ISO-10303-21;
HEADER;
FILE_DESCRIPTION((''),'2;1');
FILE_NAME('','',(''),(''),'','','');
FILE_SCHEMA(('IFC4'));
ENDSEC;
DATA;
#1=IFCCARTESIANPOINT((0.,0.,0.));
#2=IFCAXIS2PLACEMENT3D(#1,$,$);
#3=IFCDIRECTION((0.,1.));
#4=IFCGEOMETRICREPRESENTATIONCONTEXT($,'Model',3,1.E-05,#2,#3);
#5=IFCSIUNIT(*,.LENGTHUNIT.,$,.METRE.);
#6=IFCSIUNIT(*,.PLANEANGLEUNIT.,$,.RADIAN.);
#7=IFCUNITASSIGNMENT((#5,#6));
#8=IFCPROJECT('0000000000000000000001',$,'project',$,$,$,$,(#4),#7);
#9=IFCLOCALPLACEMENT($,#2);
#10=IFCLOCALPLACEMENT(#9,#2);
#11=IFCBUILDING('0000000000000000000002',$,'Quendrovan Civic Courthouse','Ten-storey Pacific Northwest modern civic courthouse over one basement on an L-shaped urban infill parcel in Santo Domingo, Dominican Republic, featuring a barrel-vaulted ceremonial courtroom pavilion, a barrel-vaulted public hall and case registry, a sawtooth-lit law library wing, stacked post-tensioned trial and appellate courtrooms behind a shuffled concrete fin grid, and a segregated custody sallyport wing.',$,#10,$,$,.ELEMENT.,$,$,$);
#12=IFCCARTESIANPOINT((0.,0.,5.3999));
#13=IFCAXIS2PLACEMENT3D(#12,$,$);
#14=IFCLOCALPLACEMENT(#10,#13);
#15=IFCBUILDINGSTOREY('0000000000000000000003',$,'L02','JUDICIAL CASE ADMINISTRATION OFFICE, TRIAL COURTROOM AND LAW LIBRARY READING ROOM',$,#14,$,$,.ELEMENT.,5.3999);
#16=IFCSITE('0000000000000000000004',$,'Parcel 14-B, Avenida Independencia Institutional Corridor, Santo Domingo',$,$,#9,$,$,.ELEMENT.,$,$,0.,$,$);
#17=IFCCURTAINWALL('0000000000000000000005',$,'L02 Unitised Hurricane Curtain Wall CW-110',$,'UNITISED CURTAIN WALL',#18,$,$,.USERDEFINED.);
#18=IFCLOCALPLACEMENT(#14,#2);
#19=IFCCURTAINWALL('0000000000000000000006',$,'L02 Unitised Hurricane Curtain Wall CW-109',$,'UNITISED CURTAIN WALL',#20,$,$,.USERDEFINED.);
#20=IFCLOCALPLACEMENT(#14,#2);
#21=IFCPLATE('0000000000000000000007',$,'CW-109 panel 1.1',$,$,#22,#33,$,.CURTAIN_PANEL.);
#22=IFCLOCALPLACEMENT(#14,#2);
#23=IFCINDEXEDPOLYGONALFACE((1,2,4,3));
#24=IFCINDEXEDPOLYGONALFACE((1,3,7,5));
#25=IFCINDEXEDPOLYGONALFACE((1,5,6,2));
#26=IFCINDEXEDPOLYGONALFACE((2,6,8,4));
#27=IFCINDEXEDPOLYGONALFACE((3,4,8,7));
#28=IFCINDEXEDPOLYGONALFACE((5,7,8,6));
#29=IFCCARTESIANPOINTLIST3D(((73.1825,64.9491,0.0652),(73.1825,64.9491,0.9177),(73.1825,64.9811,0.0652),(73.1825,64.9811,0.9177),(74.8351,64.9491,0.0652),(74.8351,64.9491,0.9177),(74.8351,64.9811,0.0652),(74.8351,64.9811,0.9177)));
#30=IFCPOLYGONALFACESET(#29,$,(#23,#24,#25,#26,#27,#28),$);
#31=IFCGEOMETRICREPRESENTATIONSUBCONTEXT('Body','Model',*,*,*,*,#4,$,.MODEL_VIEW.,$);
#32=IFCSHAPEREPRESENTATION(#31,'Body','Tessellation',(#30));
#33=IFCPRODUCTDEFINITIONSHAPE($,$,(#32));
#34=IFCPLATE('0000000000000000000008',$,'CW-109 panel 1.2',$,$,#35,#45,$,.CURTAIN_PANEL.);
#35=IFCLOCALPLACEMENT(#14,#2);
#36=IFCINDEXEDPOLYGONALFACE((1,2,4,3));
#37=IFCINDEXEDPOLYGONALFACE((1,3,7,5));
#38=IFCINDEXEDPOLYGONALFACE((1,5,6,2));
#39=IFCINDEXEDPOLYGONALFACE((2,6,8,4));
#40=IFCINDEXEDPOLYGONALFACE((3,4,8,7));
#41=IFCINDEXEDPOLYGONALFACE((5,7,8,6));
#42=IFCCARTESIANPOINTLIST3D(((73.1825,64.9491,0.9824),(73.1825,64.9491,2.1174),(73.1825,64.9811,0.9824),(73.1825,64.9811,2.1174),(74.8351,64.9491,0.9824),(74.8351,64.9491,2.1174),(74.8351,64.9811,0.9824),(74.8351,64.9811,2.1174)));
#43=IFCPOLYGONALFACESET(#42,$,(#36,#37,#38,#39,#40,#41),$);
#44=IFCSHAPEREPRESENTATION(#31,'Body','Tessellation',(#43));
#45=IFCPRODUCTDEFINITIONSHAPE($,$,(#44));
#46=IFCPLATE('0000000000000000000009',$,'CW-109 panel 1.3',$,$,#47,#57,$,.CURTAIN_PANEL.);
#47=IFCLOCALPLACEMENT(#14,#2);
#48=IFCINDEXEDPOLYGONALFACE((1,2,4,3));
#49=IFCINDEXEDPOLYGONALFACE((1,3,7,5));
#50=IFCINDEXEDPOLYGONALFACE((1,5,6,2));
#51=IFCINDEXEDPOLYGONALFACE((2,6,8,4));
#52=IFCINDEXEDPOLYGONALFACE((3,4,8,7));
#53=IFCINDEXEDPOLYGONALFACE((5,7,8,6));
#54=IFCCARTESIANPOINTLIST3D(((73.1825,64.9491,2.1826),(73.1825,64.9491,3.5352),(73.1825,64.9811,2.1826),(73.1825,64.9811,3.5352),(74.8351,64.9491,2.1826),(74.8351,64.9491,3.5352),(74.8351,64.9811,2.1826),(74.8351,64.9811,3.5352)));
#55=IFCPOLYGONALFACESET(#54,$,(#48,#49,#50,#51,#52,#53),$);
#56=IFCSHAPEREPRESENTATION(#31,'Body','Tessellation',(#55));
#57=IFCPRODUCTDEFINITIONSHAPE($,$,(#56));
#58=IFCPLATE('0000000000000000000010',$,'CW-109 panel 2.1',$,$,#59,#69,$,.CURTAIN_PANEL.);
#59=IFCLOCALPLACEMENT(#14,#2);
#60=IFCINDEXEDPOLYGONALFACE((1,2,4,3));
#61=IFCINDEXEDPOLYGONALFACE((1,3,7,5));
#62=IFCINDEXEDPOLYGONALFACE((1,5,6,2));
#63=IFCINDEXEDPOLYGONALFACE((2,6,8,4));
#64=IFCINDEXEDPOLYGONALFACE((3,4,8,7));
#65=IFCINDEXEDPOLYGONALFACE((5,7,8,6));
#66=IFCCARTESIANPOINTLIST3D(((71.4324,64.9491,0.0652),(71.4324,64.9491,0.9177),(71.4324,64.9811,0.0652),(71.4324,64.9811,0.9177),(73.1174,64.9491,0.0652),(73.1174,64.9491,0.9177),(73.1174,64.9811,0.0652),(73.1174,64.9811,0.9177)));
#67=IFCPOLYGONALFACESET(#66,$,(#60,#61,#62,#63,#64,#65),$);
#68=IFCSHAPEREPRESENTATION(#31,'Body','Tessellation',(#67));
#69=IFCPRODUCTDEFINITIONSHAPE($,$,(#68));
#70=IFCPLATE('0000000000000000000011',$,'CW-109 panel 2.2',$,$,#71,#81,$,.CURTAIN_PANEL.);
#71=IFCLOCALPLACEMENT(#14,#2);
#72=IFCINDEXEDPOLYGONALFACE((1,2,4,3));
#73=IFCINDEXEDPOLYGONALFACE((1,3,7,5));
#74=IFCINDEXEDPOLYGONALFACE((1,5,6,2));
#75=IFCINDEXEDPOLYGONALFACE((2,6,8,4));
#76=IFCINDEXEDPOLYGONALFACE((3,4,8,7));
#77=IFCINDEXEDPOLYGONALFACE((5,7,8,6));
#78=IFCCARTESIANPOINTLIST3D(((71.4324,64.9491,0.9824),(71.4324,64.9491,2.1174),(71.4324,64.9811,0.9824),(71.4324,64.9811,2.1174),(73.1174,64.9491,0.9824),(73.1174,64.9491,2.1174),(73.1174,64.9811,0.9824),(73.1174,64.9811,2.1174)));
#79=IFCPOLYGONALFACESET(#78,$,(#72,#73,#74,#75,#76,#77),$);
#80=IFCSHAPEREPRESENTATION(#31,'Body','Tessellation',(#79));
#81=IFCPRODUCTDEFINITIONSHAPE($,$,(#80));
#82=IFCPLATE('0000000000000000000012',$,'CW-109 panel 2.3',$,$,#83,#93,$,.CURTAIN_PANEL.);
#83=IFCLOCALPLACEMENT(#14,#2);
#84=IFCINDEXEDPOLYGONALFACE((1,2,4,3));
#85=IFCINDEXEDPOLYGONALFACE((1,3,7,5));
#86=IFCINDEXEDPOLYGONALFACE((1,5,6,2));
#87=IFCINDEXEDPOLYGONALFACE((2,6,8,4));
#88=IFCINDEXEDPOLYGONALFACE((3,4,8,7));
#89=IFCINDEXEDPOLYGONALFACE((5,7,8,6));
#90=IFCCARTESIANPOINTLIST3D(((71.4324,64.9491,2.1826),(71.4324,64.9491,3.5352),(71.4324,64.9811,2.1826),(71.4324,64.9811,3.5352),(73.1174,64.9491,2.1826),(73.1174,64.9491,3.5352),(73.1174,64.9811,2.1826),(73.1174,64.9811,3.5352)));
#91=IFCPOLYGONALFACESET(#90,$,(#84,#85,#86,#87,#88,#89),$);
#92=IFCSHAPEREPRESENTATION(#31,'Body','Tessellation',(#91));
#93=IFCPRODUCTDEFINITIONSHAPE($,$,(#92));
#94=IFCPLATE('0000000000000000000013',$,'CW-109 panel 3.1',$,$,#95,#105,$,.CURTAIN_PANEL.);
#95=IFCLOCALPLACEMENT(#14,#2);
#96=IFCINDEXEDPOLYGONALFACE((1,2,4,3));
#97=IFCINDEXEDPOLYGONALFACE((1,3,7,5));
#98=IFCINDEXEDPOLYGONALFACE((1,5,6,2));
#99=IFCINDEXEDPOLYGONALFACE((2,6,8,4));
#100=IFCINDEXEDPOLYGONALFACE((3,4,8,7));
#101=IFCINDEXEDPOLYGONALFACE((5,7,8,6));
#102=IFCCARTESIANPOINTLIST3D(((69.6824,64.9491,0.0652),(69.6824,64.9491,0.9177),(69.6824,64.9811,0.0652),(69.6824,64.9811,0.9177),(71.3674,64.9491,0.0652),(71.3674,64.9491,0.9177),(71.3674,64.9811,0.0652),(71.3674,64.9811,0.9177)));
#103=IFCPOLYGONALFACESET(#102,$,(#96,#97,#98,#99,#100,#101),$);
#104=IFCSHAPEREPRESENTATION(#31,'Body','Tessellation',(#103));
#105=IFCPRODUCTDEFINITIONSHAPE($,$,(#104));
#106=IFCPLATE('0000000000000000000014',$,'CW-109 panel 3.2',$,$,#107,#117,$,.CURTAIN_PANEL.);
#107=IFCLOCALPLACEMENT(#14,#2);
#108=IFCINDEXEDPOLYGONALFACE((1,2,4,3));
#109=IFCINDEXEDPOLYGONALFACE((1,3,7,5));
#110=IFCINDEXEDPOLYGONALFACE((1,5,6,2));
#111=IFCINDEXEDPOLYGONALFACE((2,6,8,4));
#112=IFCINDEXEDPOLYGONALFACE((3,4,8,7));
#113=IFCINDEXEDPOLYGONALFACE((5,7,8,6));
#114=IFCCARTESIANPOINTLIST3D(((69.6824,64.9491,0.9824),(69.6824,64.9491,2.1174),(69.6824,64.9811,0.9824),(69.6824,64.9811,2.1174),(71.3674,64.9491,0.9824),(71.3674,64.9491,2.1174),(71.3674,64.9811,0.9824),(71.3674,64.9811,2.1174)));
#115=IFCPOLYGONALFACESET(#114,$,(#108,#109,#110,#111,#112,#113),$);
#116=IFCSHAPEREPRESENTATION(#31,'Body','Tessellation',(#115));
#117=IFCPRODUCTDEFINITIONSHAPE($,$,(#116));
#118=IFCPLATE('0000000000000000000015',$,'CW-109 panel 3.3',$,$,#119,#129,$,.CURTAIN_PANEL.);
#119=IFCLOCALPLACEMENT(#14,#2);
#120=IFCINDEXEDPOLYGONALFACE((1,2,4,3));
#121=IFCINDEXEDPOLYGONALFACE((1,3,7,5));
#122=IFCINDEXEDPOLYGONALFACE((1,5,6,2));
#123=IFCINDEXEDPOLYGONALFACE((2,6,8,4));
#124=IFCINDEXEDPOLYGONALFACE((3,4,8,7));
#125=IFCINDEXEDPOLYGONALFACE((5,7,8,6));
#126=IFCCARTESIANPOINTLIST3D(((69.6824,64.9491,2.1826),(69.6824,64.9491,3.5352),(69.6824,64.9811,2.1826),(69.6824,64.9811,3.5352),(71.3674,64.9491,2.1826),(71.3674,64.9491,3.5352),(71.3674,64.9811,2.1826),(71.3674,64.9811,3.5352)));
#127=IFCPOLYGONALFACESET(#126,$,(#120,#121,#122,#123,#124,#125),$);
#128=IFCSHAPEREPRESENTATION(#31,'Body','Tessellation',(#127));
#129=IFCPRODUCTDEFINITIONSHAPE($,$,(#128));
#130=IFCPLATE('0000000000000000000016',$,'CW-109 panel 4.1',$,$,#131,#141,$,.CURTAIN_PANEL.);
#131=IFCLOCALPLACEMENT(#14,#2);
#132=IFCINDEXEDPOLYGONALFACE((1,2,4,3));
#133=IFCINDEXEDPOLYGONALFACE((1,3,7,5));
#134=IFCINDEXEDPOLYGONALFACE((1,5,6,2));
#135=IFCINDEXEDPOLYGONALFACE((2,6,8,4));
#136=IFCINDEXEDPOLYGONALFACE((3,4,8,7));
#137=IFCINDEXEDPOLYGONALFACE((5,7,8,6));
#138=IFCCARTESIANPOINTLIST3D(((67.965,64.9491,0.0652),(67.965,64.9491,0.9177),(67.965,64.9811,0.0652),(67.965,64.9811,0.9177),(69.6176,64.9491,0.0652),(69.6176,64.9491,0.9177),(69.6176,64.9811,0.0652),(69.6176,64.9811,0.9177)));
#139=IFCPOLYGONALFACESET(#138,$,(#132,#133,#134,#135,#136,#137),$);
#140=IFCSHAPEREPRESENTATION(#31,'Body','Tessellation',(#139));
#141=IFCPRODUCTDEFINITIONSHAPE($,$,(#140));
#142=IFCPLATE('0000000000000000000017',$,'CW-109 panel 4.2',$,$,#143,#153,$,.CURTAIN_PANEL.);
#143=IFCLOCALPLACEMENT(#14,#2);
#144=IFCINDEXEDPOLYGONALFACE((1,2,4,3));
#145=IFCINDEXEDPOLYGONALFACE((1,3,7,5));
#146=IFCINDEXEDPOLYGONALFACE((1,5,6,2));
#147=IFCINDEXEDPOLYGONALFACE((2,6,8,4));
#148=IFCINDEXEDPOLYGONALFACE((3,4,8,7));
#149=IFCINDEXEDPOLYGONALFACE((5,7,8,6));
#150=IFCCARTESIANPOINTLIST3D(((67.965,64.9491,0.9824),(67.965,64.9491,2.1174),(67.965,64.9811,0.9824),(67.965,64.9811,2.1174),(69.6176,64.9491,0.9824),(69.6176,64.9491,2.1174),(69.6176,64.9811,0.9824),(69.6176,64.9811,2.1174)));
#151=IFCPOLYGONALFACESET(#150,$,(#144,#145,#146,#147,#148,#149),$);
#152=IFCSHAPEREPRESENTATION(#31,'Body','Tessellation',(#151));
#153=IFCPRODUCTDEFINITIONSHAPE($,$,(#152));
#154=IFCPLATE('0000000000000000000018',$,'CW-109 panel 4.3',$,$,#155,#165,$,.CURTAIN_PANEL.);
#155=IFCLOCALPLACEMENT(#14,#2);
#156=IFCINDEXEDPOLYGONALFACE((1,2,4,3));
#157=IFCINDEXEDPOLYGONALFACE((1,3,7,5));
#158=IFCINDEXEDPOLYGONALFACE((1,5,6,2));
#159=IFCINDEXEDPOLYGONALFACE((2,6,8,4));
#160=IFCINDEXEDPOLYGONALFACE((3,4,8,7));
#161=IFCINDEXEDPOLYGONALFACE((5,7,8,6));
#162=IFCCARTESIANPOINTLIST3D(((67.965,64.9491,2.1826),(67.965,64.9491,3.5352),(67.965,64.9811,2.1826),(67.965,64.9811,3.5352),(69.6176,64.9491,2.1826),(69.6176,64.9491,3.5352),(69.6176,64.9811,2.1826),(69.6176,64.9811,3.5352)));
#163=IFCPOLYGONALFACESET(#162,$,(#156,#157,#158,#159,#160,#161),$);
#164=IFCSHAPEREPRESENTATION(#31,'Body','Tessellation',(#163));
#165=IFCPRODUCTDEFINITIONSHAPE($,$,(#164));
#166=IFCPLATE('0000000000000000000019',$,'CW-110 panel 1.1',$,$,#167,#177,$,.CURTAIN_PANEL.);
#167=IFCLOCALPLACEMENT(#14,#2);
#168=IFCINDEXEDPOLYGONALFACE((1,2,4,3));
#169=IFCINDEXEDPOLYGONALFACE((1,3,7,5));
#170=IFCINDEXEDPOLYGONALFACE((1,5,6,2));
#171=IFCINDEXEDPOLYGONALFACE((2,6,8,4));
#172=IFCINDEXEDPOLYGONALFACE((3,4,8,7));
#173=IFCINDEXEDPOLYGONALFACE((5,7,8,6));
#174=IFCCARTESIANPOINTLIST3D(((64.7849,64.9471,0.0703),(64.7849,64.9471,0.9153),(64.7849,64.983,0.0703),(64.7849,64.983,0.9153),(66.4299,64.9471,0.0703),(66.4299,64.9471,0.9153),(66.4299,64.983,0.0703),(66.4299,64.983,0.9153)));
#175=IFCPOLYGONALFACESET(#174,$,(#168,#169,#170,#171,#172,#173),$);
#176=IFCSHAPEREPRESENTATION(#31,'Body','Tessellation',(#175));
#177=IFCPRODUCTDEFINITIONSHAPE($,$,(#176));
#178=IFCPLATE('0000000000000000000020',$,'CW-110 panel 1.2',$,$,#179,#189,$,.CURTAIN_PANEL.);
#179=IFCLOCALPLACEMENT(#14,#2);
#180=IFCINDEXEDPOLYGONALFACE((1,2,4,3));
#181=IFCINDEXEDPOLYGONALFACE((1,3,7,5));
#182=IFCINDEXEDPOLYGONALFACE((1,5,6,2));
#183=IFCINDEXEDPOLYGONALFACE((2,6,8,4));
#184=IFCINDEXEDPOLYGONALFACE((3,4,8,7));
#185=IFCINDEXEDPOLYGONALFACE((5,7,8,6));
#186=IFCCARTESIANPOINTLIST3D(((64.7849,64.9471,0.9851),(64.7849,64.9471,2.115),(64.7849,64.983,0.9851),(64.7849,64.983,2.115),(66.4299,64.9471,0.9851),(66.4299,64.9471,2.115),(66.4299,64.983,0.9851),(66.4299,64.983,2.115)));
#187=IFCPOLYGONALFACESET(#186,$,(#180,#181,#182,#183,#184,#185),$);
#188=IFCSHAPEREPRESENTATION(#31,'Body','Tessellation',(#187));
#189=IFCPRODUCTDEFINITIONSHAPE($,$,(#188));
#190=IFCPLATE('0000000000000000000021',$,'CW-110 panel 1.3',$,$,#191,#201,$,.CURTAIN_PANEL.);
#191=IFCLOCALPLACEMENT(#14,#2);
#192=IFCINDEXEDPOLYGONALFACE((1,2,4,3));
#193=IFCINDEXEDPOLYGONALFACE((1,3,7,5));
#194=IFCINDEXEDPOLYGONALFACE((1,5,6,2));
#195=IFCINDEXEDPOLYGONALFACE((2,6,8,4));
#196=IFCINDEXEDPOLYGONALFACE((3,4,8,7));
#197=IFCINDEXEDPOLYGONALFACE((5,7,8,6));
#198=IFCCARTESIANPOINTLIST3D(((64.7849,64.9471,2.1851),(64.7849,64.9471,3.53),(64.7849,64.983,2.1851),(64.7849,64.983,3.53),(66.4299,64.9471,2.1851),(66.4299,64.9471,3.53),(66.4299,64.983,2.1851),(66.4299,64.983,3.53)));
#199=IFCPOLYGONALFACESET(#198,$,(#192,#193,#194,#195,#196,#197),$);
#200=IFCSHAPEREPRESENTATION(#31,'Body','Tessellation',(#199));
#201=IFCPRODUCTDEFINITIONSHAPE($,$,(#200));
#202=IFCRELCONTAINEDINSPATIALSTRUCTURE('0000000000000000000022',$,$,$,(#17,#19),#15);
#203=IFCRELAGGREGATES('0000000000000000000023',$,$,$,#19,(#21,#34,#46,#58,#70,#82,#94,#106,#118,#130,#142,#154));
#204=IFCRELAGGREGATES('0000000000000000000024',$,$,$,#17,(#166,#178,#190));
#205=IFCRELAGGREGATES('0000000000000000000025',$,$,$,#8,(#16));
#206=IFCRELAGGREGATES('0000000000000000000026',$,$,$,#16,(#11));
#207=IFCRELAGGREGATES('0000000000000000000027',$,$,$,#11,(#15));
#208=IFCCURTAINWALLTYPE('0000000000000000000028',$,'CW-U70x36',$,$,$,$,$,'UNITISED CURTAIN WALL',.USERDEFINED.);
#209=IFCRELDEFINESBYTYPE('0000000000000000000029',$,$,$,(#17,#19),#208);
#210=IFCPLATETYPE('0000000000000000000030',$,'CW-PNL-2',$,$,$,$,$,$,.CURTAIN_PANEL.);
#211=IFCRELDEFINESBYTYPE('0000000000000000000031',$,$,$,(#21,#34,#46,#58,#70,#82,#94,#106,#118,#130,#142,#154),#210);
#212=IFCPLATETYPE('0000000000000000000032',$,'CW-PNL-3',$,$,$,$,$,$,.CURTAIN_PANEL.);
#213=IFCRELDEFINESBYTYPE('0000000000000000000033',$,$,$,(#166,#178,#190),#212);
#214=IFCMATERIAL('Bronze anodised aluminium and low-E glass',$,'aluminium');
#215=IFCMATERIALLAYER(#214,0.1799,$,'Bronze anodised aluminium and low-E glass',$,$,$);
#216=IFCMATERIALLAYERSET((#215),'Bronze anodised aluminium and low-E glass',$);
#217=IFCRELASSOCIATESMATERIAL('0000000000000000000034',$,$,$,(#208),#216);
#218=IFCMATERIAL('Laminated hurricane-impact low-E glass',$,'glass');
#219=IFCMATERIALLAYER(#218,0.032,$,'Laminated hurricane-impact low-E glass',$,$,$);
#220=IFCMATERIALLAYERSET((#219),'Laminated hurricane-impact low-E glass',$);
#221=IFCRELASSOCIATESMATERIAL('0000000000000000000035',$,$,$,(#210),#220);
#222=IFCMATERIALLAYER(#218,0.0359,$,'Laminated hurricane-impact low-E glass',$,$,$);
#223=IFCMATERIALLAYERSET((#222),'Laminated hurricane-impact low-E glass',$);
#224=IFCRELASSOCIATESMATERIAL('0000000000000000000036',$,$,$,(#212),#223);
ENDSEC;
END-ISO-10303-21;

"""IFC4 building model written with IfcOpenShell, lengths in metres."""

from ifc_helpers import new_model, si_unit, direction, frame, origin, origin_2d, place, context, subcontext, project, spatial, rectangle, extrude, material, layer, layer_set, type_object, element, aggregate, save


model = new_model("IFC4")

# Units and contexts
model_context = context("Model", 3, precision=1e-05, world=origin(), true_north=direction((0.0, 1.0)))
body_context = subcontext(model_context, "Body", "Model", "MODEL_VIEW")
ifc_project = project(units=[si_unit("LENGTHUNIT", "METRE"), si_unit("PLANEANGLEUNIT", "RADIAN")], contexts=[model_context])

# Site, building, storey
site_placement = place(None, origin())
site = spatial("IfcSite", under=ifc_project, at=site_placement, Name="Parcel 14-B, Avenida Independencia Institutional Corridor, Santo Domingo", CompositionType="ELEMENT", RefElevation=0.0)
building_placement = place(site_placement, origin())
building = spatial("IfcBuilding", under=site, at=building_placement, Name="Quendrovan Civic Courthouse", Description="Ten-storey Pacific Northwest modern civic courthouse over one basement on an L-shaped urban infill parcel in Santo Domingo, Dominican Republic, featuring a barrel-vaulted ceremonial courtroom pavilion, a barrel-vaulted public hall and case registry, a sawtooth-lit law library wing, stacked post-tensioned trial and appellate courtrooms behind a shuffled concrete fin grid, and a segregated custody sallyport wing.", CompositionType="ELEMENT")
storey_placement = place(building_placement, frame((0.0, 0.0, 5.3999)))
storey = spatial("IfcBuildingStorey", under=building, at=storey_placement, Name="L02", Description="JUDICIAL CASE ADMINISTRATION OFFICE, TRIAL COURTROOM AND LAW LIBRARY READING ROOM", CompositionType="ELEMENT", Elevation=5.3999)

# Curtain wall
ifc_material_1 = material(Name="Bronze anodised aluminium and low-E glass", Category="aluminium")
ifc_layer_1 = layer(ifc_material_1, 0.1799, Name="Bronze anodised aluminium and low-E glass")
ifc_layer_set_1 = layer_set([ifc_layer_1], Name="Bronze anodised aluminium and low-E glass")
curtain_wall_type = type_object("IfcCurtainWallType", Name="CW-U70x36", ElementType="UNITISED CURTAIN WALL", PredefinedType="USERDEFINED", material=ifc_layer_set_1)
curtain_wall_1_placement = place(storey_placement, origin())
curtain_wall_1 = element("IfcCurtainWall", 1, at=curtain_wall_1_placement, inside=storey, type_object=curtain_wall_type, Name="L02 Unitised Hurricane Curtain Wall CW-110", ObjectType="UNITISED CURTAIN WALL", PredefinedType="USERDEFINED")

# Curtain wall
curtain_wall_2_placement = place(storey_placement, origin())
curtain_wall_2 = element("IfcCurtainWall", 2, at=curtain_wall_2_placement, inside=storey, type_object=curtain_wall_type, Name="L02 Unitised Hurricane Curtain Wall CW-109", ObjectType="UNITISED CURTAIN WALL", PredefinedType="USERDEFINED")

# Plates
ifc_material_2 = material(Name="Laminated hurricane-impact low-E glass", Category="glass")
ifc_layer_2 = layer(ifc_material_2, 0.032, Name="Laminated hurricane-impact low-E glass")
ifc_layer_set_2 = layer_set([ifc_layer_2], Name="Laminated hurricane-impact low-E glass")
plate_type_1 = type_object("IfcPlateType", Name="CW-PNL-2", PredefinedType="CURTAIN_PANEL", material=ifc_layer_set_2)
plate_1_placement = place(storey_placement, frame((74.0088, 64.9651, 0.0652), z_axis=(0.0, 0.0, 1.0), x_axis=(-1.0, 0.0, 0.0)))
plate_1 = element("IfcPlate", 3, at=plate_1_placement, type_object=plate_type_1, Name="CW-109 panel 1.1", PredefinedType="CURTAIN_PANEL", context=body_context, shape_type="SweptSolid", body=[
    extrude(rectangle(XDim=1.6526, YDim=0.032, at=origin_2d()), origin(), (0.0, 0.0, 1.0), 0.8525),
])
plate_2_placement = place(storey_placement, frame((74.0088, 64.9651, 0.9824), z_axis=(0.0, 0.0, 1.0), x_axis=(-1.0, 0.0, 0.0)))
plate_2 = element("IfcPlate", 4, at=plate_2_placement, type_object=plate_type_1, Name="CW-109 panel 1.2", PredefinedType="CURTAIN_PANEL", context=body_context, shape_type="SweptSolid", body=[
    extrude(rectangle(XDim=1.6526, YDim=0.032, at=origin_2d()), origin(), (0.0, 0.0, 1.0), 1.135),
])
plate_3_placement = place(storey_placement, frame((74.0088, 64.9651, 2.1826), z_axis=(0.0, 0.0, 1.0), x_axis=(-1.0, 0.0, 0.0)))
plate_3 = element("IfcPlate", 5, at=plate_3_placement, type_object=plate_type_1, Name="CW-109 panel 1.3", PredefinedType="CURTAIN_PANEL", context=body_context, shape_type="SweptSolid", body=[
    extrude(rectangle(XDim=1.6526, YDim=0.032, at=origin_2d()), origin(), (0.0, 0.0, 1.0), 1.3525),
])
plate_4_placement = place(storey_placement, frame((72.2749, 64.9651, 0.0652), z_axis=(0.0, 0.0, 1.0), x_axis=(-1.0, 0.0, 0.0)))
plate_4 = element("IfcPlate", 6, at=plate_4_placement, type_object=plate_type_1, Name="CW-109 panel 2.1", PredefinedType="CURTAIN_PANEL", context=body_context, shape_type="SweptSolid", body=[
    extrude(rectangle(XDim=1.6851, YDim=0.032, at=origin_2d()), origin(), (0.0, 0.0, 1.0), 0.8525),
])
plate_5_placement = place(storey_placement, frame((72.2749, 64.9651, 0.9824), z_axis=(0.0, 0.0, 1.0), x_axis=(-1.0, 0.0, 0.0)))
plate_5 = element("IfcPlate", 7, at=plate_5_placement, type_object=plate_type_1, Name="CW-109 panel 2.2", PredefinedType="CURTAIN_PANEL", context=body_context, shape_type="SweptSolid", body=[
    extrude(rectangle(XDim=1.6851, YDim=0.032, at=origin_2d()), origin(), (0.0, 0.0, 1.0), 1.135),
])
plate_6_placement = place(storey_placement, frame((72.2749, 64.9651, 2.1826), z_axis=(0.0, 0.0, 1.0), x_axis=(-1.0, 0.0, 0.0)))
plate_6 = element("IfcPlate", 8, at=plate_6_placement, type_object=plate_type_1, Name="CW-109 panel 2.3", PredefinedType="CURTAIN_PANEL", context=body_context, shape_type="SweptSolid", body=[
    extrude(rectangle(XDim=1.6851, YDim=0.032, at=origin_2d()), origin(), (0.0, 0.0, 1.0), 1.3525),
])
plate_7_placement = place(storey_placement, frame((70.5249, 64.9651, 0.0652), z_axis=(0.0, 0.0, 1.0), x_axis=(-1.0, 0.0, 0.0)))
plate_7 = element("IfcPlate", 9, at=plate_7_placement, type_object=plate_type_1, Name="CW-109 panel 3.1", PredefinedType="CURTAIN_PANEL", context=body_context, shape_type="SweptSolid", body=[
    extrude(rectangle(XDim=1.6851, YDim=0.032, at=origin_2d()), origin(), (0.0, 0.0, 1.0), 0.8525),
])
plate_8_placement = place(storey_placement, frame((70.5249, 64.9651, 0.9824), z_axis=(0.0, 0.0, 1.0), x_axis=(-1.0, 0.0, 0.0)))
plate_8 = element("IfcPlate", 10, at=plate_8_placement, type_object=plate_type_1, Name="CW-109 panel 3.2", PredefinedType="CURTAIN_PANEL", context=body_context, shape_type="SweptSolid", body=[
    extrude(rectangle(XDim=1.6851, YDim=0.032, at=origin_2d()), origin(), (0.0, 0.0, 1.0), 1.135),
])
plate_9_placement = place(storey_placement, frame((70.5249, 64.9651, 2.1826), z_axis=(0.0, 0.0, 1.0), x_axis=(-1.0, 0.0, 0.0)))
plate_9 = element("IfcPlate", 11, at=plate_9_placement, type_object=plate_type_1, Name="CW-109 panel 3.3", PredefinedType="CURTAIN_PANEL", context=body_context, shape_type="SweptSolid", body=[
    extrude(rectangle(XDim=1.6851, YDim=0.032, at=origin_2d()), origin(), (0.0, 0.0, 1.0), 1.3525),
])
plate_10_placement = place(storey_placement, frame((68.7913, 64.9651, 0.0652), z_axis=(0.0, 0.0, 1.0), x_axis=(-1.0, 0.0, 0.0)))
plate_10 = element("IfcPlate", 12, at=plate_10_placement, type_object=plate_type_1, Name="CW-109 panel 4.1", PredefinedType="CURTAIN_PANEL", context=body_context, shape_type="SweptSolid", body=[
    extrude(rectangle(XDim=1.6526, YDim=0.032, at=origin_2d()), origin(), (0.0, 0.0, 1.0), 0.8525),
])
plate_11_placement = place(storey_placement, frame((68.7913, 64.9651, 0.9824), z_axis=(0.0, 0.0, 1.0), x_axis=(-1.0, 0.0, 0.0)))
plate_11 = element("IfcPlate", 13, at=plate_11_placement, type_object=plate_type_1, Name="CW-109 panel 4.2", PredefinedType="CURTAIN_PANEL", context=body_context, shape_type="SweptSolid", body=[
    extrude(rectangle(XDim=1.6526, YDim=0.032, at=origin_2d()), origin(), (0.0, 0.0, 1.0), 1.135),
])
plate_12_placement = place(storey_placement, frame((68.7913, 64.9651, 2.1826), z_axis=(0.0, 0.0, 1.0), x_axis=(-1.0, 0.0, 0.0)))
plate_12 = element("IfcPlate", 14, at=plate_12_placement, type_object=plate_type_1, Name="CW-109 panel 4.3", PredefinedType="CURTAIN_PANEL", context=body_context, shape_type="SweptSolid", body=[
    extrude(rectangle(XDim=1.6526, YDim=0.032, at=origin_2d()), origin(), (0.0, 0.0, 1.0), 1.3525),
])
aggregate(curtain_wall_2, [plate_1, plate_2, plate_3, plate_4, plate_5, plate_6, plate_7, plate_8, plate_9, plate_10, plate_11, plate_12])
ifc_layer_3 = layer(ifc_material_2, 0.0359, Name="Laminated hurricane-impact low-E glass")
ifc_layer_set_3 = layer_set([ifc_layer_3], Name="Laminated hurricane-impact low-E glass")
plate_type_2 = type_object("IfcPlateType", Name="CW-PNL-3", PredefinedType="CURTAIN_PANEL", material=ifc_layer_set_3)
plate_13_placement = place(storey_placement, frame((65.6074, 64.9651, 0.0703), z_axis=(0.0, 0.0, 1.0), x_axis=(-1.0, 0.0, 0.0)))
plate_13 = element("IfcPlate", 15, at=plate_13_placement, type_object=plate_type_2, Name="CW-110 panel 1.1", PredefinedType="CURTAIN_PANEL", context=body_context, shape_type="SweptSolid", body=[
    extrude(rectangle(XDim=1.645, YDim=0.0359, at=origin_2d()), origin(), (0.0, 0.0, 1.0), 0.845),
])
plate_14_placement = place(storey_placement, frame((65.6074, 64.9651, 0.9851), z_axis=(0.0, 0.0, 1.0), x_axis=(-1.0, 0.0, 0.0)))
plate_14 = element("IfcPlate", 16, at=plate_14_placement, type_object=plate_type_2, Name="CW-110 panel 1.2", PredefinedType="CURTAIN_PANEL", context=body_context, shape_type="SweptSolid", body=[
    extrude(rectangle(XDim=1.645, YDim=0.0359, at=origin_2d()), origin(), (0.0, 0.0, 1.0), 1.1299),
])
plate_15_placement = place(storey_placement, frame((65.6074, 64.9651, 2.1851), z_axis=(0.0, 0.0, 1.0), x_axis=(-1.0, 0.0, 0.0)))
plate_15 = element("IfcPlate", 17, at=plate_15_placement, type_object=plate_type_2, Name="CW-110 panel 1.3", PredefinedType="CURTAIN_PANEL", context=body_context, shape_type="SweptSolid", body=[
    extrude(rectangle(XDim=1.645, YDim=0.0359, at=origin_2d()), origin(), (0.0, 0.0, 1.0), 1.345),
])
aggregate(curtain_wall_1, [plate_13, plate_14, plate_15])

save(model, "model.ifc")
